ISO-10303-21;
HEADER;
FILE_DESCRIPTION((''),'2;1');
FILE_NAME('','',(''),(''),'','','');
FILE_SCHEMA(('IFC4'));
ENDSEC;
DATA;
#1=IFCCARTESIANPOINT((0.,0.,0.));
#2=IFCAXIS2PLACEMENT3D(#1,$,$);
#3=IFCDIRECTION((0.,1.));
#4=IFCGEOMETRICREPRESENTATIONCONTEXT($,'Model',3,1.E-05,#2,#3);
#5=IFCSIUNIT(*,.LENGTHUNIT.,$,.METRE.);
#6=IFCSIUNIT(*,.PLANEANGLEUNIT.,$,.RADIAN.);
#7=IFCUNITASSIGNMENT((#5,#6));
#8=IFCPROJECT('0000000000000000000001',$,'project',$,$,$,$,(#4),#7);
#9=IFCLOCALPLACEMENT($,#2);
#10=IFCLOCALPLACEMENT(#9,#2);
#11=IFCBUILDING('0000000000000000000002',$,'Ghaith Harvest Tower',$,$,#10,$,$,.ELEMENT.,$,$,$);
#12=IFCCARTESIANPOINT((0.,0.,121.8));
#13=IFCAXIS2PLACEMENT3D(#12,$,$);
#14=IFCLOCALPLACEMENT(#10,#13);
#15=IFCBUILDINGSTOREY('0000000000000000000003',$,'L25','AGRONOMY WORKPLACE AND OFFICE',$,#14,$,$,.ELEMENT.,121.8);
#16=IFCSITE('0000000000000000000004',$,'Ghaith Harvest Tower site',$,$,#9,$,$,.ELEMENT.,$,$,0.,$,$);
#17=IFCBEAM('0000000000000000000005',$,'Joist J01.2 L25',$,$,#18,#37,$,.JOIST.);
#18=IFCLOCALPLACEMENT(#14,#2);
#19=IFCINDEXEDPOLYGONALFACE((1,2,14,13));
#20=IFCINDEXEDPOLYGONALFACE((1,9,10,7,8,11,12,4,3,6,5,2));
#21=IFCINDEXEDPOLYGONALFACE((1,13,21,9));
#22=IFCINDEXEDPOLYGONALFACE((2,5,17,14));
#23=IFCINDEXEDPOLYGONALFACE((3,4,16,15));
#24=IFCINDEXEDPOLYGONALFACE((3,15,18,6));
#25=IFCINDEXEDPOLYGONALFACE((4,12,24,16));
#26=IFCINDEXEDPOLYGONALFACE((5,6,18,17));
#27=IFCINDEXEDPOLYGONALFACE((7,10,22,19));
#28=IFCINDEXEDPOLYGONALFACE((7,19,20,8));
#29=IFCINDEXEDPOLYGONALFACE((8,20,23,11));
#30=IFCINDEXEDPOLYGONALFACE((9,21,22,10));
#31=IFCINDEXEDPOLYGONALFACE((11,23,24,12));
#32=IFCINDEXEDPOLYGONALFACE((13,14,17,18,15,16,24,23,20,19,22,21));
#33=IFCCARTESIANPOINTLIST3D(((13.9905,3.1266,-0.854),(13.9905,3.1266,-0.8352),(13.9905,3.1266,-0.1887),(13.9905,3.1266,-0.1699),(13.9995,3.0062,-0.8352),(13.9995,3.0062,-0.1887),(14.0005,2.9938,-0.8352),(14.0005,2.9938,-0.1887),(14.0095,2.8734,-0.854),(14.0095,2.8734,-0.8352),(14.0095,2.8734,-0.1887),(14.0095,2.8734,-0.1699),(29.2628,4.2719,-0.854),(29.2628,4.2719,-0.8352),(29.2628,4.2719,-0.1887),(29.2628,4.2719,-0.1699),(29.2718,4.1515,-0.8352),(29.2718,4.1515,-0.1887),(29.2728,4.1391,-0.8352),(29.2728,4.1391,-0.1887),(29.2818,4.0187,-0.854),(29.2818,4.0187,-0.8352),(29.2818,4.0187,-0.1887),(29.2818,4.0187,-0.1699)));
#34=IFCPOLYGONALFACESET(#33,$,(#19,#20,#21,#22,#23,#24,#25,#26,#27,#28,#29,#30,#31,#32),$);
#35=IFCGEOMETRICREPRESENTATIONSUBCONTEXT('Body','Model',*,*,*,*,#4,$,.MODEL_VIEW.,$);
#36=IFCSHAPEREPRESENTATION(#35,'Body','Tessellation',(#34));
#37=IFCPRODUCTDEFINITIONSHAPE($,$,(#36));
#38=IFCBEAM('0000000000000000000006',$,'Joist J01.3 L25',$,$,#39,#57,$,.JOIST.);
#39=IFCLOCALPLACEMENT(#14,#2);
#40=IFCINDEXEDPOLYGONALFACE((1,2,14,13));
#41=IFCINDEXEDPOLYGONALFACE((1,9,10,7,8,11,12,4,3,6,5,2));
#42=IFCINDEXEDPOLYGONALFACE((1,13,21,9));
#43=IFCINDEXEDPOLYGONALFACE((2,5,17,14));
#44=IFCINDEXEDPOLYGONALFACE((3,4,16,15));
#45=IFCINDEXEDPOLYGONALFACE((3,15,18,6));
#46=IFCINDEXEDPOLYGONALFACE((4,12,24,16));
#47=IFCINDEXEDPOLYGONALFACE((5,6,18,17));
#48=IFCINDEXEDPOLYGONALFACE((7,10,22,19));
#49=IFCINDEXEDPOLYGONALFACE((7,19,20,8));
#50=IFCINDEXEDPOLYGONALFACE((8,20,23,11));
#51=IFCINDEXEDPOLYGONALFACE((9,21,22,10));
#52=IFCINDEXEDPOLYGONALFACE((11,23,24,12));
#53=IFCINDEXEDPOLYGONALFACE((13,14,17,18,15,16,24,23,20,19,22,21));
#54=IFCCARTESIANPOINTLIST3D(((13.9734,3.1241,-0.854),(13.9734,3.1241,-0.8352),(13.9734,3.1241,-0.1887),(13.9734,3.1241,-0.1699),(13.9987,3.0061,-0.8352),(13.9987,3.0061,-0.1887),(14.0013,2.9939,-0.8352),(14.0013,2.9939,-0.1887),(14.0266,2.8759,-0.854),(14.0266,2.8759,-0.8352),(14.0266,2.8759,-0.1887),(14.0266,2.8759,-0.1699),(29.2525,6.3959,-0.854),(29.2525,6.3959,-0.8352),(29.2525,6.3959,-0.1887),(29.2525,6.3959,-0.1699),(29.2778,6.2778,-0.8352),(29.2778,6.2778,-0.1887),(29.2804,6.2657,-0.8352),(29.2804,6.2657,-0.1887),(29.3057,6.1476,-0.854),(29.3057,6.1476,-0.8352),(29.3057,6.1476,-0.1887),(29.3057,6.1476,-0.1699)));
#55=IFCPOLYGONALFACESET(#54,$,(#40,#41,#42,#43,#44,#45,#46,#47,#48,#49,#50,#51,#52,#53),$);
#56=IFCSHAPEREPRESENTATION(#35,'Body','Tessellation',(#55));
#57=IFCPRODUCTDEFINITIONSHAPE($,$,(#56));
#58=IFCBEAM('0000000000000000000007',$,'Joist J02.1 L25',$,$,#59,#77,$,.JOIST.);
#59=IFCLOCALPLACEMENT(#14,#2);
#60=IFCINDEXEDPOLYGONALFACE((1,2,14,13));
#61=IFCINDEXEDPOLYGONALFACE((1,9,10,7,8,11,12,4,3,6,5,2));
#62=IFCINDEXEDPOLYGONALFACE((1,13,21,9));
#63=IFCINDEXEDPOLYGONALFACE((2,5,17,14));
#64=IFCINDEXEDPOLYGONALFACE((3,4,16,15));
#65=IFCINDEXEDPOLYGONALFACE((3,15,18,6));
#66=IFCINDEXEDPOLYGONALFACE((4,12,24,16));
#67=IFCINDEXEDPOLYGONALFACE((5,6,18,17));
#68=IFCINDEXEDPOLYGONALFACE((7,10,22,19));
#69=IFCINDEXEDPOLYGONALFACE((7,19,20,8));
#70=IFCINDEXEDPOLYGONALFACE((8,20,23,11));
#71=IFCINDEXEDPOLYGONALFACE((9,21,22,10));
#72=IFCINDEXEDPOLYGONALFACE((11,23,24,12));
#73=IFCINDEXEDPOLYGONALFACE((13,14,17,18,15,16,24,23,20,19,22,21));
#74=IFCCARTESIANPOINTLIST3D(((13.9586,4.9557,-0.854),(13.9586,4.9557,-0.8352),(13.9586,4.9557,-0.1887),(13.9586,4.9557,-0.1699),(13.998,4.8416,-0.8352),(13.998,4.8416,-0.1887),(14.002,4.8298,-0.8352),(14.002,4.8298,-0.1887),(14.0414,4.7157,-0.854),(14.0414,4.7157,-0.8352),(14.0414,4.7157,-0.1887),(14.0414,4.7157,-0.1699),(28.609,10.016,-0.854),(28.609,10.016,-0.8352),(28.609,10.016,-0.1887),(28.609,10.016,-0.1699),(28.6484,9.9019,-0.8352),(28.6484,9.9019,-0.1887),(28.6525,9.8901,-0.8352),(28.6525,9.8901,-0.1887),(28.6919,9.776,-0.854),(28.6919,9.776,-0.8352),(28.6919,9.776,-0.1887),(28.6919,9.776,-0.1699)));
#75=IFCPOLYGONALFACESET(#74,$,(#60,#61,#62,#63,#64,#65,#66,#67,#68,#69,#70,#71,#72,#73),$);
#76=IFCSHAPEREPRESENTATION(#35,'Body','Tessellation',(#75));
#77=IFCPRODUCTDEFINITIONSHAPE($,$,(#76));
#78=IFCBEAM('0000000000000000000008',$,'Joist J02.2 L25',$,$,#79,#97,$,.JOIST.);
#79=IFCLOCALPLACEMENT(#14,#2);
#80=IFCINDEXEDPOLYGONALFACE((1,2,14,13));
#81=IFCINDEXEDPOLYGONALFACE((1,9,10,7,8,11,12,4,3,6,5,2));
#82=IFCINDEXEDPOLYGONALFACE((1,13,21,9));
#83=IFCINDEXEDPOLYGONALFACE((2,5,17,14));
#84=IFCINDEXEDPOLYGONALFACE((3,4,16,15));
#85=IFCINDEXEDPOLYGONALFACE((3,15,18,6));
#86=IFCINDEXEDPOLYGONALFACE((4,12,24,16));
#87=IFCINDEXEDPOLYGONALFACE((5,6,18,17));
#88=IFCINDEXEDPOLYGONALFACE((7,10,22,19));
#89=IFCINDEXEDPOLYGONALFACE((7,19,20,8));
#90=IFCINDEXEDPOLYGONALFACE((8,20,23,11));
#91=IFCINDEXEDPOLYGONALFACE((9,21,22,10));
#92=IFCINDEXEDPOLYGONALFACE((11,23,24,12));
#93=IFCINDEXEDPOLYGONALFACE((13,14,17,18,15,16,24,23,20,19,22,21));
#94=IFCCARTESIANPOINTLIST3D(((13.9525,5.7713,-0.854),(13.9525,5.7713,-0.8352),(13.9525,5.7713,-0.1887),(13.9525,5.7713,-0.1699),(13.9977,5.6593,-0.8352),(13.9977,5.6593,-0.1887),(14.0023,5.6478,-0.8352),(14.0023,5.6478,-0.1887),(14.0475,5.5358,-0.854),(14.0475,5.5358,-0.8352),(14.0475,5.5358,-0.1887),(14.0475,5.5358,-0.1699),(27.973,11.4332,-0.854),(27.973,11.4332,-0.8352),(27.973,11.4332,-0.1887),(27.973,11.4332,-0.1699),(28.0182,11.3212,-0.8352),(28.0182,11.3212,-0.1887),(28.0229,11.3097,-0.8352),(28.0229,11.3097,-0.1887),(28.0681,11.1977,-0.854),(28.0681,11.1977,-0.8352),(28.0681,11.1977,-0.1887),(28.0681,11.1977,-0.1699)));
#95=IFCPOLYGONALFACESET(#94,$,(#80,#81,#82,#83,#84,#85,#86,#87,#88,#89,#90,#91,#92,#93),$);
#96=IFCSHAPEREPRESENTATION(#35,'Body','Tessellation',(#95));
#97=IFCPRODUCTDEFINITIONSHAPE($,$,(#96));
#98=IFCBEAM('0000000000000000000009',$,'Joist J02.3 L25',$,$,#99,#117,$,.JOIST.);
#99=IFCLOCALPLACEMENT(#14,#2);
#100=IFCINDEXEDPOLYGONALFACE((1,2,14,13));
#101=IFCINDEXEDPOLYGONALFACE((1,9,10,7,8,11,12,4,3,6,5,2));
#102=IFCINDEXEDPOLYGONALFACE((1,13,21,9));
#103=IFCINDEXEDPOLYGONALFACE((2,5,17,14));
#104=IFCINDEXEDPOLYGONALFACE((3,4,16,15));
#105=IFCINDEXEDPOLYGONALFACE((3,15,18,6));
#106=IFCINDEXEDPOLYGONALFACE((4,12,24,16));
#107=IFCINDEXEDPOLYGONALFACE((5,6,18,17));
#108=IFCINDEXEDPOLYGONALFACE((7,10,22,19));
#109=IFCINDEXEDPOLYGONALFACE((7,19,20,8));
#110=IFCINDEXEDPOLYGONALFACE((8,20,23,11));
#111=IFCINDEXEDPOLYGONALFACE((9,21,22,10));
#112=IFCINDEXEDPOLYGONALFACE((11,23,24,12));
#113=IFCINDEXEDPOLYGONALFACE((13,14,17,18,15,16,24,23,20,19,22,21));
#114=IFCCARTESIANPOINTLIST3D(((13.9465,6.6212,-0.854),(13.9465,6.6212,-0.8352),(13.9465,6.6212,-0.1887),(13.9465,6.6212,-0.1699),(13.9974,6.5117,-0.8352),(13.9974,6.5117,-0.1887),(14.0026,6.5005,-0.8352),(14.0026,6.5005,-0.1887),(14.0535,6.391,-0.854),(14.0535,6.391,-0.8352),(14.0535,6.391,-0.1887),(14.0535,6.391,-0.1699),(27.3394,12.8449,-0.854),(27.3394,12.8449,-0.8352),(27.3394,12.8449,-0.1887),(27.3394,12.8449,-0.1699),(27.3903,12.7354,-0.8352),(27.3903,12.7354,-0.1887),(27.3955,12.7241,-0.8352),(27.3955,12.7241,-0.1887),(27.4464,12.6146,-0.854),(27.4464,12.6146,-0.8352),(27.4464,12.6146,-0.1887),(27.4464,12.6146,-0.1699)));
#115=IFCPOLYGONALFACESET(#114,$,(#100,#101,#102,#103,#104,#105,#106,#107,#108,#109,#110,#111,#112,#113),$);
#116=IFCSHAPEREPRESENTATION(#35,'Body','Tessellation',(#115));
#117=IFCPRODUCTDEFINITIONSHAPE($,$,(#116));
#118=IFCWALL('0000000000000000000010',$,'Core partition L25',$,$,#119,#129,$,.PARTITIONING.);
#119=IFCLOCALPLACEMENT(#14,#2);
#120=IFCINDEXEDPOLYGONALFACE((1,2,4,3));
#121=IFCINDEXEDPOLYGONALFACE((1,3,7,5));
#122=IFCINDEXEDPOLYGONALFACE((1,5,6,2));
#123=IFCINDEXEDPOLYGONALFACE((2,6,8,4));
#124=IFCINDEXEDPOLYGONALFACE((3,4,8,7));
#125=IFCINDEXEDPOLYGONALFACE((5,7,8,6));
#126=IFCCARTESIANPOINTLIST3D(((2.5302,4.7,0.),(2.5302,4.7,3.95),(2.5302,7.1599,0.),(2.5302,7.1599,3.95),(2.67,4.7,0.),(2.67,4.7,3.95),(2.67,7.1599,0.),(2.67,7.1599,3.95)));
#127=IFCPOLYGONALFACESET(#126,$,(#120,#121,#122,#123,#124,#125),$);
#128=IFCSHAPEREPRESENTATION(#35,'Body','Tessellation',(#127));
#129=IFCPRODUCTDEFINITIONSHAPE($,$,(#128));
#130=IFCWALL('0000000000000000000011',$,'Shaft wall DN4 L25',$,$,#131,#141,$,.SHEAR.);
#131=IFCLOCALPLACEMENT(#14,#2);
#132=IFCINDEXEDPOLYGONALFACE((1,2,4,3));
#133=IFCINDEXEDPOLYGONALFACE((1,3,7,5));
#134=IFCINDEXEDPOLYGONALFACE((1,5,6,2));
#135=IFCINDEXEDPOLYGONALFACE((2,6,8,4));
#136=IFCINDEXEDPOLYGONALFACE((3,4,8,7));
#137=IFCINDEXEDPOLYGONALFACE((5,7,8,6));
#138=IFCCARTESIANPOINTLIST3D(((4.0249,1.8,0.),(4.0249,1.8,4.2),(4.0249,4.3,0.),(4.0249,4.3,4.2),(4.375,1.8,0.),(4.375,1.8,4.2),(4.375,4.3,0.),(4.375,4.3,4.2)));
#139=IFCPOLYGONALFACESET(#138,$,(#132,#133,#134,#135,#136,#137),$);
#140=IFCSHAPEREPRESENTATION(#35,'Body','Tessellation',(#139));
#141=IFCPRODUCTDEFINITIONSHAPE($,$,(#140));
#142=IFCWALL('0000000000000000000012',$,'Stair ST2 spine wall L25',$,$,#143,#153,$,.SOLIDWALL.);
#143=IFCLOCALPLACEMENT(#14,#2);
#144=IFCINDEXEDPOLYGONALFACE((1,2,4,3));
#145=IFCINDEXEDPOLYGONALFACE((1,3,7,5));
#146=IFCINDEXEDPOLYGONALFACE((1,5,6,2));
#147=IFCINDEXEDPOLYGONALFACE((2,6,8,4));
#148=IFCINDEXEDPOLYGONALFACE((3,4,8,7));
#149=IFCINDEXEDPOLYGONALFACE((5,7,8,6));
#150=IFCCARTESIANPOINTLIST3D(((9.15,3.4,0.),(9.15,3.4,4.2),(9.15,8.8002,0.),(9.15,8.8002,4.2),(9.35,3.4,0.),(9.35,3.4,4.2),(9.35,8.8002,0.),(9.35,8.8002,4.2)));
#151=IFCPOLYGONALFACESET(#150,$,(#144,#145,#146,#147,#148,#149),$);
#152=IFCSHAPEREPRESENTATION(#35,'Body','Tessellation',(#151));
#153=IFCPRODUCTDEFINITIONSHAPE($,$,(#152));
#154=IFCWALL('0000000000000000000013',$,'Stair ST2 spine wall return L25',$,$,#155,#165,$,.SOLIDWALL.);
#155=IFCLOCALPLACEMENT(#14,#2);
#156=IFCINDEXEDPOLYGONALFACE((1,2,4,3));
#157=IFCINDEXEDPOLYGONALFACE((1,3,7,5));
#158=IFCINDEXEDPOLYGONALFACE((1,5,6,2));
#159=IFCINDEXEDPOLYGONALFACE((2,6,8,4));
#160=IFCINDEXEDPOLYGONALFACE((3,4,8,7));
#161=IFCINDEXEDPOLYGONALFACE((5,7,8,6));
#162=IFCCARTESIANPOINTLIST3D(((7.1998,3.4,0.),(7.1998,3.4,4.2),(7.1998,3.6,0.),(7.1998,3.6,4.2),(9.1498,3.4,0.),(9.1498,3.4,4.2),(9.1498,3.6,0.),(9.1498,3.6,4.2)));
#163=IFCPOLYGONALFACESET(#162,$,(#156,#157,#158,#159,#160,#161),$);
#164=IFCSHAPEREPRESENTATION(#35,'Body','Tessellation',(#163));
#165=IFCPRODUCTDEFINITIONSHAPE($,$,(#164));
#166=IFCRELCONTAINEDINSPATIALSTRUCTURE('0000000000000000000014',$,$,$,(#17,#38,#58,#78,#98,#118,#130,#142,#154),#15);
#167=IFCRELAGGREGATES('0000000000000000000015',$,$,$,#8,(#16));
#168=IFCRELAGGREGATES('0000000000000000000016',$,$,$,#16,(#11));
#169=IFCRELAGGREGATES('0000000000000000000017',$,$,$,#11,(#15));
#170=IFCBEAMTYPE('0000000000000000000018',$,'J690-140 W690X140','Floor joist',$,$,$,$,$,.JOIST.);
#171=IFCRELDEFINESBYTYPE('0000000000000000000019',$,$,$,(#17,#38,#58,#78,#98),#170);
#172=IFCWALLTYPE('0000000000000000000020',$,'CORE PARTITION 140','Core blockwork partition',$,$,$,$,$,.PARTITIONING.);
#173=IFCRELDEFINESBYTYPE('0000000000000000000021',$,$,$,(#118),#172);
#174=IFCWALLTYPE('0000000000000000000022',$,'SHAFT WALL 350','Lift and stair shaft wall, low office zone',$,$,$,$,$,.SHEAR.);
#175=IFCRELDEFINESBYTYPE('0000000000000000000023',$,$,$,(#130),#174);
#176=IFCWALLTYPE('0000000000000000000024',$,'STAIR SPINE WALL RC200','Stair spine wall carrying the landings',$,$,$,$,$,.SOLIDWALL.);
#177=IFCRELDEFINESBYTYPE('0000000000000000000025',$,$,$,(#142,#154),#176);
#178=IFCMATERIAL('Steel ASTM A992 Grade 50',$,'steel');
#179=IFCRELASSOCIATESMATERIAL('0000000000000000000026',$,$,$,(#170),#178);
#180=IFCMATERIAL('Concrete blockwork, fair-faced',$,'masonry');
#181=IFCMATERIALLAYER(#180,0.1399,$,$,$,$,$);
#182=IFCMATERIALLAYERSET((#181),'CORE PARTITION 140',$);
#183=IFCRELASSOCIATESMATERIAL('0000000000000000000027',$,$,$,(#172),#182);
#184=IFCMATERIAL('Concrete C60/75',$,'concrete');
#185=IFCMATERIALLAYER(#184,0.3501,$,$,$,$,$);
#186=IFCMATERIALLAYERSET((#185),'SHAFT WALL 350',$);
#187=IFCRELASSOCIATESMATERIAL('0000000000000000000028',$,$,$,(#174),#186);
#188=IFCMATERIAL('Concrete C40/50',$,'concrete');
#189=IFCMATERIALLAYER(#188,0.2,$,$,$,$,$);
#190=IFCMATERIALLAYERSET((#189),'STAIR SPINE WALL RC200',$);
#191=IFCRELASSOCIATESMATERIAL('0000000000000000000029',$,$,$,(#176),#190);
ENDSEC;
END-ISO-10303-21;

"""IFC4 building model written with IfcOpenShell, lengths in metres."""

from ifc_helpers import new_model, si_unit, direction, frame, frame_2d, origin, origin_2d, place, context, subcontext, project, spatial, rectangle, i_section, extrude, material, layer, layer_set, material_profile, profile_set, type_object, element, save


model = new_model("IFC4")

# Units and contexts
model_context = context("Model", 3, precision=1e-05, world=origin(), true_north=direction((0.0, 1.0)))
body_context = subcontext(model_context, "Body", "Model", "MODEL_VIEW")
ifc_project = project(units=[si_unit("LENGTHUNIT", "METRE"), si_unit("PLANEANGLEUNIT", "RADIAN")], contexts=[model_context])

# Site, building, storey
site_placement = place(None, origin())
site = spatial("IfcSite", under=ifc_project, at=site_placement, Name="Ghaith Harvest Tower site", CompositionType="ELEMENT", RefElevation=0.0)
building_placement = place(site_placement, origin())
building = spatial("IfcBuilding", under=site, at=building_placement, Name="Ghaith Harvest Tower", CompositionType="ELEMENT")
storey_placement = place(building_placement, frame((0.0, 0.0, 121.8)))
storey = spatial("IfcBuildingStorey", under=building, at=storey_placement, Name="L25", Description="AGRONOMY WORKPLACE AND OFFICE", CompositionType="ELEMENT", Elevation=121.8)

# Beams
ifc_material_1 = material(Name="Steel ASTM A992 Grade 50", Category="steel")
ifc_material_profile_1 = material_profile(ifc_material_1, i_section(OverallWidth=0.2539, OverallDepth=0.6841, WebThickness=0.0125, FlangeThickness=0.0188, at=origin_2d()), Name="W690X140")
ifc_profile_set_1 = profile_set([ifc_material_profile_1], Name="Steel ASTM A992 Grade 50")
beam_type_1 = type_object("IfcBeamType", Name="J690-140 W690X140", Description="Floor joist", PredefinedType="JOIST", material=ifc_profile_set_1)
beam_1_placement = place(storey_placement, frame((14.0, 3.0, -0.512), z_axis=(0.9972, 0.07478, 0.0), x_axis=(-0.07478, 0.9972, 0.0)))
element("IfcBeam", 1, at=beam_1_placement, inside=storey, type_object=beam_type_1, Name="Joist J01.2 L25", PredefinedType="JOIST", context=body_context, shape_type="SweptSolid", body=[
    extrude(i_section(OverallWidth=0.2539, OverallDepth=0.6841, WebThickness=0.0125, FlangeThickness=0.0188, at=origin_2d()), origin(), (0.0, 0.0, 1.0), 15.3152),
])
beam_2_placement = place(storey_placement, frame((14.0, 3.0, -0.512), z_axis=(0.977833, 0.209385, 0.0), x_axis=(-0.209385, 0.977833, 0.0)))
element("IfcBeam", 2, at=beam_2_placement, inside=storey, type_object=beam_type_1, Name="Joist J01.3 L25", PredefinedType="JOIST", context=body_context, shape_type="SweptSolid", body=[
    extrude(i_section(OverallWidth=0.2539, OverallDepth=0.6841, WebThickness=0.0125, FlangeThickness=0.0188, at=origin_2d()), origin(), (0.0, 0.0, 1.0), 15.6255),
])
beam_3_placement = place(storey_placement, frame((14.0, 4.8357, -0.512), z_axis=(0.945205, 0.326478, 0.0), x_axis=(-0.326478, 0.945205, 0.0)))
element("IfcBeam", 3, at=beam_3_placement, inside=storey, type_object=beam_type_1, Name="Joist J02.1 L25", PredefinedType="JOIST", context=body_context, shape_type="SweptSolid", body=[
    extrude(i_section(OverallWidth=0.2539, OverallDepth=0.6841, WebThickness=0.0125, FlangeThickness=0.0188, at=origin_2d()), origin(), (0.0, 0.0, 1.0), 15.4998),
])
beam_4_placement = place(storey_placement, frame((14.0, 5.6536, -0.512), z_axis=(0.927248, 0.374448, 0.0), x_axis=(-0.374448, 0.927248, 0.0)))
element("IfcBeam", 4, at=beam_4_placement, inside=storey, type_object=beam_type_1, Name="Joist J02.2 L25", PredefinedType="JOIST", context=body_context, shape_type="SweptSolid", body=[
    extrude(i_section(OverallWidth=0.2539, OverallDepth=0.6841, WebThickness=0.0125, FlangeThickness=0.0188, at=origin_2d()), origin(), (0.0, 0.0, 1.0), 15.1206),
])
beam_5_placement = place(storey_placement, frame((14.0, 6.5061, -0.512), z_axis=(0.906866, 0.42142, 0.0), x_axis=(-0.42142, 0.906866, 0.0)))
element("IfcBeam", 5, at=beam_5_placement, inside=storey, type_object=beam_type_1, Name="Joist J02.3 L25", PredefinedType="JOIST", context=body_context, shape_type="SweptSolid", body=[
    extrude(i_section(OverallWidth=0.2539, OverallDepth=0.6841, WebThickness=0.0125, FlangeThickness=0.0188, at=origin_2d()), origin(), (0.0, 0.0, 1.0), 14.7683),
])

# Wall
ifc_material_2 = material(Name="Concrete blockwork, fair-faced", Category="masonry")
ifc_layer_1 = layer(ifc_material_2, 0.1399)
ifc_layer_set_1 = layer_set([ifc_layer_1], Name="CORE PARTITION 140")
wall_type_1 = type_object("IfcWallType", Name="CORE PARTITION 140", Description="Core blockwork partition", PredefinedType="PARTITIONING", material=ifc_layer_set_1)
wall_1_placement = place(storey_placement, frame((2.6001, 4.7, 0.0), z_axis=(0.0, 0.0, 1.0), x_axis=(0.0, 1.0, 0.0)))
element("IfcWall", 6, at=wall_1_placement, inside=storey, type_object=wall_type_1, Name="Core partition L25", PredefinedType="PARTITIONING", context=body_context, shape_type="SweptSolid", body=[
    extrude(rectangle(XDim=2.46, YDim=0.1399, at=frame_2d((1.23, 0.0))), origin(), (0.0, 0.0, 1.0), 3.95),
])

# Shared definitions
ifc_material_3 = material(Name="Concrete C60/75", Category="concrete")
ifc_layer_2 = layer(ifc_material_3, 0.3501)
ifc_layer_set_2 = layer_set([ifc_layer_2], Name="SHAFT WALL 350")
wall_type_2 = type_object("IfcWallType", Name="SHAFT WALL 350", Description="Lift and stair shaft wall, low office zone", PredefinedType="SHEAR", material=ifc_layer_set_2)

# Walls
wall_2_placement = place(storey_placement, frame((4.2, 1.8, 0.0), z_axis=(0.0, 0.0, 1.0), x_axis=(0.0, 1.0, 0.0)))
element("IfcWall", 7, at=wall_2_placement, inside=storey, type_object=wall_type_2, Name="Shaft wall DN4 L25", PredefinedType="SHEAR", context=body_context, shape_type="SweptSolid", body=[
    extrude(rectangle(XDim=2.5, YDim=0.3501, at=frame_2d((1.25, 0.0))), origin(), (0.0, 0.0, 1.0), 4.2),
])
ifc_material_4 = material(Name="Concrete C40/50", Category="concrete")
ifc_layer_3 = layer(ifc_material_4, 0.2)
ifc_layer_set_3 = layer_set([ifc_layer_3], Name="STAIR SPINE WALL RC200")
wall_type_3 = type_object("IfcWallType", Name="STAIR SPINE WALL RC200", Description="Stair spine wall carrying the landings", PredefinedType="SOLIDWALL", material=ifc_layer_set_3)
wall_3_placement = place(storey_placement, frame((9.25, 3.3999, 0.0), z_axis=(0.0, 0.0, 1.0), x_axis=(0.0, 1.0, 0.0)))
element("IfcWall", 8, at=wall_3_placement, inside=storey, type_object=wall_type_3, Name="Stair ST2 spine wall L25", PredefinedType="SOLIDWALL", context=body_context, shape_type="SweptSolid", body=[
    extrude(rectangle(XDim=5.4001, YDim=0.2, at=frame_2d((2.7002, 0.0))), origin(), (0.0, 0.0, 1.0), 4.2),
])
wall_4_placement = place(storey_placement, frame((9.1499, 3.5, 0.0), z_axis=(0.0, 0.0, 1.0), x_axis=(-1.0, 0.0, 0.0)))
element("IfcWall", 9, at=wall_4_placement, inside=storey, type_object=wall_type_3, Name="Stair ST2 spine wall return L25", PredefinedType="SOLIDWALL", context=body_context, shape_type="SweptSolid", body=[
    extrude(rectangle(XDim=1.95, YDim=0.2, at=frame_2d((0.9751, 0.0))), origin(), (0.0, 0.0, 1.0), 4.2),
])

save(model, "model.ifc")
